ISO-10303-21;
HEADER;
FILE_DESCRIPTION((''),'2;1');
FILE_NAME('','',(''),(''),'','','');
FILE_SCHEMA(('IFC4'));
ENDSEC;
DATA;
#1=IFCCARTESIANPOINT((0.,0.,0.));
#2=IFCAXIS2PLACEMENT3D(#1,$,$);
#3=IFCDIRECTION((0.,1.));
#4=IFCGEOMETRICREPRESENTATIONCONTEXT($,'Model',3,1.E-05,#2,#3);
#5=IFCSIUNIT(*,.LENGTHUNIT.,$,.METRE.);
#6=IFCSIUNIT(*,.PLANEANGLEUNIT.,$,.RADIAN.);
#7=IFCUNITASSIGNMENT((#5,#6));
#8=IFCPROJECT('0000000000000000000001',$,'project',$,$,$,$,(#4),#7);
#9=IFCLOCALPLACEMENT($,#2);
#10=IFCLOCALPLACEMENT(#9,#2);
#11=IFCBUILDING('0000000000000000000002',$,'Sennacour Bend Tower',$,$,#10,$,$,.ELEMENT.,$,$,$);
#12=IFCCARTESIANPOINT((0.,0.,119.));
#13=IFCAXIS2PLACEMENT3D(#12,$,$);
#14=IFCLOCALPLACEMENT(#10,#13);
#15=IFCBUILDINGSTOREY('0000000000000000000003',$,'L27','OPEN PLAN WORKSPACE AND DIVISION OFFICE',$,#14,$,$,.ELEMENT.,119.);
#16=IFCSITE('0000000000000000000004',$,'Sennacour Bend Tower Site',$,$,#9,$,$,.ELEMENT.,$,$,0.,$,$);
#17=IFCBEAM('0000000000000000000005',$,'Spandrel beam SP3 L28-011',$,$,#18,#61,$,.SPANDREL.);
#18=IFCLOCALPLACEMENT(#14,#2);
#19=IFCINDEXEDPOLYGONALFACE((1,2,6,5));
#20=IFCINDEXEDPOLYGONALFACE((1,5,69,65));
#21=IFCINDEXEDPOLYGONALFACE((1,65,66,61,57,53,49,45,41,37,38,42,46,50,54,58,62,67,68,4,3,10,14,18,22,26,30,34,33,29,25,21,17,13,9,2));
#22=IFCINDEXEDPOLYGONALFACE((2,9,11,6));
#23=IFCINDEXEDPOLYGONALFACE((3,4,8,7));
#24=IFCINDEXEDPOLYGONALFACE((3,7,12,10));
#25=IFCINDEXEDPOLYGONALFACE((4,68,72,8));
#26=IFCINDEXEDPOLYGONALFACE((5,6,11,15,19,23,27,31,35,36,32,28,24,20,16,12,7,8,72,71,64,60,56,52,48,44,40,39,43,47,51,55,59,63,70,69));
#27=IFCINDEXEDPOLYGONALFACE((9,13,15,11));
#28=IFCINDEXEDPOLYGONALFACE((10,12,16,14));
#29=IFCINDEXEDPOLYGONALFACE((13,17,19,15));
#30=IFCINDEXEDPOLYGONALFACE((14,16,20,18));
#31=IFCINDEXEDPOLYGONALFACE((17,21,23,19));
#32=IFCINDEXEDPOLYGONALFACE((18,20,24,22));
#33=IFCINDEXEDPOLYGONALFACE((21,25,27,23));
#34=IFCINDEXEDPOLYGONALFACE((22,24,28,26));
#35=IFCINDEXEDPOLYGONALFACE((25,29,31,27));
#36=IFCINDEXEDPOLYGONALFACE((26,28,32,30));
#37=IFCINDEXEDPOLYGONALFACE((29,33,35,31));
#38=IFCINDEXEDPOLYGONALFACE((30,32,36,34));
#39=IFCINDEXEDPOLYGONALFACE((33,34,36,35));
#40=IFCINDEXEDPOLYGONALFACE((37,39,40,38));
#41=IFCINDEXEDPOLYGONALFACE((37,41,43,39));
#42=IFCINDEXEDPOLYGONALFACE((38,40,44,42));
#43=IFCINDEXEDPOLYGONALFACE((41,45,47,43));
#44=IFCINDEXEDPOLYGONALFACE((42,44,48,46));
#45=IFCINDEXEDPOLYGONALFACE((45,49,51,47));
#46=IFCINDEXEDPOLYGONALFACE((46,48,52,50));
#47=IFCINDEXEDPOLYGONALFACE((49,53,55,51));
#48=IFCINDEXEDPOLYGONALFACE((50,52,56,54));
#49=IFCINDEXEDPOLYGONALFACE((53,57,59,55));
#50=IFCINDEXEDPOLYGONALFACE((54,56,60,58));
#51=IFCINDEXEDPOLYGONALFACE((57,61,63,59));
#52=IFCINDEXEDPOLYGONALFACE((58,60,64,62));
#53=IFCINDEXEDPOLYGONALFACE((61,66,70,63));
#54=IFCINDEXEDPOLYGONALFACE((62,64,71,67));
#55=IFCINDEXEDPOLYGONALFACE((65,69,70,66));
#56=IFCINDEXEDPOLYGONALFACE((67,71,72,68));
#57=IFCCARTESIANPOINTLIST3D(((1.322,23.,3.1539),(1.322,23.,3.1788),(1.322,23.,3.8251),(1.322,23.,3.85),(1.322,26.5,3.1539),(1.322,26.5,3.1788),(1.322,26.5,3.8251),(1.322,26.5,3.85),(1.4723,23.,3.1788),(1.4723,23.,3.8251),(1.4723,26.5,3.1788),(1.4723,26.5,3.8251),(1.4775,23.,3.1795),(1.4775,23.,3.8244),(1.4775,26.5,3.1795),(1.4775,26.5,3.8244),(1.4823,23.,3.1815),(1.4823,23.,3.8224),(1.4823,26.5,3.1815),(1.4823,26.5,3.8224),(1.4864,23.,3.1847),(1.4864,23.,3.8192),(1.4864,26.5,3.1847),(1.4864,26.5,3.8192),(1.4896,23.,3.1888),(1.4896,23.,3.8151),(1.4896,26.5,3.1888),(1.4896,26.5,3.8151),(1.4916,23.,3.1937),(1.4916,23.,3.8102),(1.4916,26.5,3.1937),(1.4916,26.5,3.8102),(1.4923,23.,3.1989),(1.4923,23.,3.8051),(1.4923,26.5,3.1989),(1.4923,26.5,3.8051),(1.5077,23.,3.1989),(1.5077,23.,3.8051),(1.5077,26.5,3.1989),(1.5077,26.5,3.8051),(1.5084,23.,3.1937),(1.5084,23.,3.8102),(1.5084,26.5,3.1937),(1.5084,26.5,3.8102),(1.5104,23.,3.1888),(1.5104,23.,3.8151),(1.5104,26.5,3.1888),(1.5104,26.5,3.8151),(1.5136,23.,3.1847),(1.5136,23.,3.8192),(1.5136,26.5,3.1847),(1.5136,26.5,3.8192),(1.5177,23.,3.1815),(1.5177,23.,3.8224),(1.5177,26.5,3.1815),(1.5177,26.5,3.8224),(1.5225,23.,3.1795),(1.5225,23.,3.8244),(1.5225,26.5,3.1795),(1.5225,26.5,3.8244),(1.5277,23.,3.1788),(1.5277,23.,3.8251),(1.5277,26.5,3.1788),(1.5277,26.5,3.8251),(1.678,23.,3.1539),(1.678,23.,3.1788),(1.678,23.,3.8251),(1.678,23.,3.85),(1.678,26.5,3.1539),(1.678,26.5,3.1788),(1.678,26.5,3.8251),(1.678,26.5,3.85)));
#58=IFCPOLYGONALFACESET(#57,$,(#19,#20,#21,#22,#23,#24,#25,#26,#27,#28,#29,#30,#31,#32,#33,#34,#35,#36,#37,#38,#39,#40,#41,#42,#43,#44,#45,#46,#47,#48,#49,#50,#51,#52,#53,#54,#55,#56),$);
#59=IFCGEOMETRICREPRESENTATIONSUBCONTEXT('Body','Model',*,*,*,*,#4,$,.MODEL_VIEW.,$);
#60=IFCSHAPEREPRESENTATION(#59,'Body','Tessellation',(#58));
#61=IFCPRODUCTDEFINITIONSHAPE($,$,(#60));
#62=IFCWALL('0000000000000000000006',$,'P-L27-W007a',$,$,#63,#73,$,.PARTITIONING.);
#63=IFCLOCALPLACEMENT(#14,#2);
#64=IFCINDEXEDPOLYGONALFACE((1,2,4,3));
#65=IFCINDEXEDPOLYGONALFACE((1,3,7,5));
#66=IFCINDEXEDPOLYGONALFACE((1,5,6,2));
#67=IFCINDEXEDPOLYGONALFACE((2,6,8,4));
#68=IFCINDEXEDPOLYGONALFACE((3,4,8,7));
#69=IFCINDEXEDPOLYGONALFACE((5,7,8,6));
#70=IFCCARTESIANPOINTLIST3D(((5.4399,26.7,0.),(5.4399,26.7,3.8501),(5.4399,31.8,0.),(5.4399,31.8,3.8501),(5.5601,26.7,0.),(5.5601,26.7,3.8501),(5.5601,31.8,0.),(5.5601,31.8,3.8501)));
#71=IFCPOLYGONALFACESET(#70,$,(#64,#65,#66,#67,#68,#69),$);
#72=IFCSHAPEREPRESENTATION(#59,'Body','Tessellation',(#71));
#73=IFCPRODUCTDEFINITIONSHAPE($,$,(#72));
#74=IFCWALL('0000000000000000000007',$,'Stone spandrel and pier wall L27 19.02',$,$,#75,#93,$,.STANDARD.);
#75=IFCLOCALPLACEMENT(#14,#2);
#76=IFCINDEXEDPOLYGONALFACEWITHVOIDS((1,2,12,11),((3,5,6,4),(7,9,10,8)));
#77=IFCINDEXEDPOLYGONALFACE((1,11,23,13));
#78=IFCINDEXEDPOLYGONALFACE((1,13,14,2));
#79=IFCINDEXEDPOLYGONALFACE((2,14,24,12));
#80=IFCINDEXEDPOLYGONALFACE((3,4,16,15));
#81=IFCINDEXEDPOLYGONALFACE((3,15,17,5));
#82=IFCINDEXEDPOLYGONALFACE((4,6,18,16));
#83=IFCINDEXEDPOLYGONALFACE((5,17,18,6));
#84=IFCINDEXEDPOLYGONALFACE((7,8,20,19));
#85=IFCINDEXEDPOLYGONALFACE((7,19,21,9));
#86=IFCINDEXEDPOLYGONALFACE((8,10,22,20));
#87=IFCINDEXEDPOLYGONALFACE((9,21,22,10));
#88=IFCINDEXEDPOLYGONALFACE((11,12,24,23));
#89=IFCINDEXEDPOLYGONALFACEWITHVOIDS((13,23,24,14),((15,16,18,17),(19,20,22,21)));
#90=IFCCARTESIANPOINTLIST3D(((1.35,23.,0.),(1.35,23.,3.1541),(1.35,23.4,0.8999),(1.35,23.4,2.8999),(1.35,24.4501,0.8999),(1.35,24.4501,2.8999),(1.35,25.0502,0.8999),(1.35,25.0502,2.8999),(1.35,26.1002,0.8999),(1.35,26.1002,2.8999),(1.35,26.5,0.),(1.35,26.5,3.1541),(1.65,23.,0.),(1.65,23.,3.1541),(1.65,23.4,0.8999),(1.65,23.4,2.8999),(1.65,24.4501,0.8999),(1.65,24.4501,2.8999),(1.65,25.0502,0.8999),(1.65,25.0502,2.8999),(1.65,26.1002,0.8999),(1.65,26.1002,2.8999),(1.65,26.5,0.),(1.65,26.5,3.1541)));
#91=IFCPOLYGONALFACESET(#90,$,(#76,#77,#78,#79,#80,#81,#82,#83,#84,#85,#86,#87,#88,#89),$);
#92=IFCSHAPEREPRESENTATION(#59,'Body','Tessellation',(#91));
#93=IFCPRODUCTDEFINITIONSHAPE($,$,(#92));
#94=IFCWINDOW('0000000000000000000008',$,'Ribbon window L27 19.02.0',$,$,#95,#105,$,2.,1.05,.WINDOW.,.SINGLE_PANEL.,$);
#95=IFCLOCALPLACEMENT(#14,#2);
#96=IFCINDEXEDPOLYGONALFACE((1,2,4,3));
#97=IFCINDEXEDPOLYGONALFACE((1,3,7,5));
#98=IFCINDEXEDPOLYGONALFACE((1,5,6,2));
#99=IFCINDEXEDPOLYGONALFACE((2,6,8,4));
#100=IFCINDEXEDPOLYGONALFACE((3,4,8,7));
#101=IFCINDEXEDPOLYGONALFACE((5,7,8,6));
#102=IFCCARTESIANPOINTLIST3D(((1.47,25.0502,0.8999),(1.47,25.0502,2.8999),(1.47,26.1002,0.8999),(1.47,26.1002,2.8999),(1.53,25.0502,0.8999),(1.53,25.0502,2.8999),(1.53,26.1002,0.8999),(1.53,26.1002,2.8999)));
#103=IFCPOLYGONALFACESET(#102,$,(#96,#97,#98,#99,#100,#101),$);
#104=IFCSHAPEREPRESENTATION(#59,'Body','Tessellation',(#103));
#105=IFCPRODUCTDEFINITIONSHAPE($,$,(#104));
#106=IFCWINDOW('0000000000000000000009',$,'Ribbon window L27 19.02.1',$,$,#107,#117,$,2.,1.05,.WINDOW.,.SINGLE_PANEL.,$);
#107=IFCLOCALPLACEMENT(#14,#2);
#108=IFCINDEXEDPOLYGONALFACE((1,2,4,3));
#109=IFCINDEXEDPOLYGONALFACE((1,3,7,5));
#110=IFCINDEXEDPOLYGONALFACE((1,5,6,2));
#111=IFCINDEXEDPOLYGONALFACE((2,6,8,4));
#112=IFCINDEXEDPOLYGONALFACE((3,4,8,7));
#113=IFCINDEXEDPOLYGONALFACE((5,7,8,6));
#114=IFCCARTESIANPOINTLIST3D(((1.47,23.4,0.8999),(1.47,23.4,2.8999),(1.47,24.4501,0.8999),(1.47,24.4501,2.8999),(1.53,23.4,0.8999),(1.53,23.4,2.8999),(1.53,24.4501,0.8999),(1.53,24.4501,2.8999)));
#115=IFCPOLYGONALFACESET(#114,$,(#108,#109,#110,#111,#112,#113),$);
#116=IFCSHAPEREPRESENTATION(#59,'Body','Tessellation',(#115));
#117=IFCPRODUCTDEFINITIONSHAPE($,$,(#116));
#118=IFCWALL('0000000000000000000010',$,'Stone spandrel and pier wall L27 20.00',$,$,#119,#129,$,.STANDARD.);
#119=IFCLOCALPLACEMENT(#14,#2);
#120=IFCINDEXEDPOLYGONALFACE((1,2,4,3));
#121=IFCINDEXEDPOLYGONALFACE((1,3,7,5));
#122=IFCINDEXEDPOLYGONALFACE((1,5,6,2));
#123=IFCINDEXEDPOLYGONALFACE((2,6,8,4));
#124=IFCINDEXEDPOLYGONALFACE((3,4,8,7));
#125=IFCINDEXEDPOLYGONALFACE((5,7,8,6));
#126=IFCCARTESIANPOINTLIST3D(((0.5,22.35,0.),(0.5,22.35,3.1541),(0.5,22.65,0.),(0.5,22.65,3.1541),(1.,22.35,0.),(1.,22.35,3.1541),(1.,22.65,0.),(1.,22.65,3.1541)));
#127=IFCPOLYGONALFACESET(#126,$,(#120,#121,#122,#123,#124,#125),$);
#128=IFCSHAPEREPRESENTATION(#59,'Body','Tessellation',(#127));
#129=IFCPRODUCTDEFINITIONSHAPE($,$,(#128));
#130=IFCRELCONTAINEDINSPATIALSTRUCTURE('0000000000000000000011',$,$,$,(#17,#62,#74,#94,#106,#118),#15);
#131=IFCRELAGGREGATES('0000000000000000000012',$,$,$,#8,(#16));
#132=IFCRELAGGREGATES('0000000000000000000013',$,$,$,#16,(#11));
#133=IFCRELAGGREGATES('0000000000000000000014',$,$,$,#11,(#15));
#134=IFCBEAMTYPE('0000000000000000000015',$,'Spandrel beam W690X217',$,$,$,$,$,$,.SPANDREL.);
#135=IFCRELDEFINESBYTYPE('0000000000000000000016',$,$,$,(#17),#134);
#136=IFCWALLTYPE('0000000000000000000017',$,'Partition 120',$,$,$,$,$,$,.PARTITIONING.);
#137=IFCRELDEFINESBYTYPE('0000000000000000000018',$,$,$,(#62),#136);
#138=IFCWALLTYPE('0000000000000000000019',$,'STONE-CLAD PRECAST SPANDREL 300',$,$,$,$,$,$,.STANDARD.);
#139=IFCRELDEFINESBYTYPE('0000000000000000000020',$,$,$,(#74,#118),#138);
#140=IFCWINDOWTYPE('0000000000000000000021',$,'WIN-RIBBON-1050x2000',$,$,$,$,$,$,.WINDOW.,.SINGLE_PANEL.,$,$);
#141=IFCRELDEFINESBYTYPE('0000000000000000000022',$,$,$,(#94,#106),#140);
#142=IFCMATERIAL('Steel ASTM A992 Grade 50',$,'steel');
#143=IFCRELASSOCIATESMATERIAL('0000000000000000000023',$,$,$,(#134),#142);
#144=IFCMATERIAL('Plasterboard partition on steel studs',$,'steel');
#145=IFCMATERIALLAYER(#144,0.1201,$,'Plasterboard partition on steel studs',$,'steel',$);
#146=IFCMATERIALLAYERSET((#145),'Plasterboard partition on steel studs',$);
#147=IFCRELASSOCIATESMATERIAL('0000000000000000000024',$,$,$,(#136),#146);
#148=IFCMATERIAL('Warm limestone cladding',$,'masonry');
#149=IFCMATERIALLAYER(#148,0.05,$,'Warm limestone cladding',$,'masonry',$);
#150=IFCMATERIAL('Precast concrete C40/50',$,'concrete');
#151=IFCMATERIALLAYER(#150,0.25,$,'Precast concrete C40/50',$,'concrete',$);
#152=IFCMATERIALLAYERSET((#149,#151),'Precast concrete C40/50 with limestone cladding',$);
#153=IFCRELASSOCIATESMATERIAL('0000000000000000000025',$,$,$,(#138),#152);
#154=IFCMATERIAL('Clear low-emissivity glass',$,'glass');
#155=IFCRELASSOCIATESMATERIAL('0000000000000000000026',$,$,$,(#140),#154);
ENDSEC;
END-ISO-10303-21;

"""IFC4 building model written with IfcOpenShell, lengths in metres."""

from ifc_helpers import new_model, si_unit, direction, frame, frame_2d, origin, origin_2d, place, context, subcontext, project, spatial, rectangle, i_section, extrude, material, layer, layer_set, material_profile, profile_set, type_object, element, fill, save


model = new_model("IFC4")

# Units and contexts
model_context = context("Model", 3, precision=1e-05, world=origin(), true_north=direction((0.0, 1.0)))
body_context = subcontext(model_context, "Body", "Model", "MODEL_VIEW")
ifc_project = project(units=[si_unit("LENGTHUNIT", "METRE"), si_unit("PLANEANGLEUNIT", "RADIAN")], contexts=[model_context])

# Site, building, storey
site_placement = place(None, origin())
site = spatial("IfcSite", under=ifc_project, at=site_placement, Name="Sennacour Bend Tower Site", CompositionType="ELEMENT", RefElevation=0.0)
building_placement = place(site_placement, origin())
building = spatial("IfcBuilding", under=site, at=building_placement, Name="Sennacour Bend Tower", CompositionType="ELEMENT")
storey_placement = place(building_placement, frame((0.0, 0.0, 119.0)))
storey = spatial("IfcBuildingStorey", under=building, at=storey_placement, Name="L27", Description="OPEN PLAN WORKSPACE AND DIVISION OFFICE", CompositionType="ELEMENT", Elevation=119.0)

# Beam
ifc_material_1 = material(Name="Steel ASTM A992 Grade 50", Category="steel")
ifc_material_profile_1 = material_profile(ifc_material_1, i_section(OverallWidth=0.356, OverallDepth=0.696, WebThickness=0.0154, FlangeThickness=0.0249, FilletRadius=0.02, at=origin_2d()), Name="Steel ASTM A992 Grade 50", Category="steel")
ifc_profile_set_1 = profile_set([ifc_material_profile_1], Name="Steel ASTM A992 Grade 50")
beam_type_1 = type_object("IfcBeamType", Name="Spandrel beam W690X217", PredefinedType="SPANDREL", material=ifc_profile_set_1)
beam_1_placement = place(storey_placement, frame((1.5, 23.0, 3.502), z_axis=(0.0, 1.0, 0.0), x_axis=(-1.0, 0.0, 0.0)))
element("IfcBeam", 1, at=beam_1_placement, inside=storey, type_object=beam_type_1, Name="Spandrel beam SP3 L28-011", PredefinedType="SPANDREL", context=body_context, shape_type="SweptSolid", body=[
    extrude(i_section(OverallWidth=0.356, OverallDepth=0.696, WebThickness=0.0154, FlangeThickness=0.0249, FilletRadius=0.02, at=origin_2d()), origin(), (0.0, 0.0, 1.0), 3.5),
])

# Wall
ifc_material_2 = material(Name="Plasterboard partition on steel studs", Category="steel")
ifc_layer_1 = layer(ifc_material_2, 0.1201, Name="Plasterboard partition on steel studs", Category="steel")
ifc_layer_set_1 = layer_set([ifc_layer_1], Name="Plasterboard partition on steel studs")
wall_type_1 = type_object("IfcWallType", Name="Partition 120", PredefinedType="PARTITIONING", material=ifc_layer_set_1)
wall_1_placement = place(storey_placement, frame((5.5, 26.7, 0.0), z_axis=(0.0, 0.0, 1.0), x_axis=(0.0, 1.0, 0.0)))
element("IfcWall", 2, at=wall_1_placement, inside=storey, type_object=wall_type_1, Name="P-L27-W007a", PredefinedType="PARTITIONING", context=body_context, shape_type="SweptSolid", body=[
    extrude(rectangle(XDim=5.1001, YDim=0.1201, at=frame_2d((2.55, 0.0))), origin(), (0.0, 0.0, 1.0), 3.8501),
])

# Wall, openings, windows
ifc_material_3 = material(Name="Warm limestone cladding", Category="masonry")
ifc_layer_2 = layer(ifc_material_3, 0.05, Name="Warm limestone cladding", Category="masonry")
ifc_material_4 = material(Name="Precast concrete C40/50", Category="concrete")
ifc_layer_3 = layer(ifc_material_4, 0.25, Name="Precast concrete C40/50", Category="concrete")
ifc_layer_set_2 = layer_set([ifc_layer_2, ifc_layer_3], Name="Precast concrete C40/50 with limestone cladding")
wall_type_2 = type_object("IfcWallType", Name="STONE-CLAD PRECAST SPANDREL 300", PredefinedType="STANDARD", material=ifc_layer_set_2)
wall_2_placement = place(storey_placement, frame((1.5, 26.5, 0.0), z_axis=(0.0, 0.0, 1.0), x_axis=(0.0, -1.0, 0.0)))
wall_2 = element("IfcWall", 3, at=wall_2_placement, inside=storey, type_object=wall_type_2, Name="Stone spandrel and pier wall L27 19.02", PredefinedType="STANDARD", context=body_context, shape_type="SweptSolid", body=[
    extrude(rectangle(XDim=3.5, YDim=0.3, at=frame_2d((1.75, 0.0))), origin(), (0.0, 0.0, 1.0), 3.1541),
])
opening_1_placement = place(wall_2_placement, frame((0.3999, 0.0, 0.8999)))
opening_1 = element("IfcOpeningElement", 4, at=opening_1_placement, cuts=wall_2, PredefinedType="OPENING", context=body_context, shape_type="SweptSolid", body=[
    extrude(rectangle(XDim=1.05, YDim=2.0, at=frame_2d((0.5249, 1.0))), frame((0.0, 0.1602, 0.0), z_axis=(0.0, -1.0, 0.0), x_axis=(1.0, 0.0, 0.0)), (0.0, 0.0, 1.0), 0.3201),
])
opening_2_placement = place(wall_2_placement, frame((2.05, 0.0, 0.8999)))
opening_2 = element("IfcOpeningElement", 5, at=opening_2_placement, cuts=wall_2, PredefinedType="OPENING", context=body_context, shape_type="SweptSolid", body=[
    extrude(rectangle(XDim=1.05, YDim=2.0, at=frame_2d((0.5249, 1.0))), frame((0.0, 0.1602, 0.0), z_axis=(0.0, -1.0, 0.0), x_axis=(1.0, 0.0, 0.0)), (0.0, 0.0, 1.0), 0.3201),
])
ifc_material_5 = material(Name="Clear low-emissivity glass", Category="glass")
window_type = type_object("IfcWindowType", Name="WIN-RIBBON-1050x2000", PartitioningType="SINGLE_PANEL", PredefinedType="WINDOW", material=ifc_material_5)
window_1_placement = place(opening_1_placement, origin())
window_1 = element("IfcWindow", 6, at=window_1_placement, inside=storey, type_object=window_type, Name="Ribbon window L27 19.02.0", OverallHeight=2.0, OverallWidth=1.05, PartitioningType="SINGLE_PANEL", PredefinedType="WINDOW", context=body_context, shape_type="SweptSolid", body=[
    extrude(rectangle(XDim=1.05, YDim=2.0, at=frame_2d((0.5249, 1.0))), frame((0.0, 0.03, 0.0), z_axis=(0.0, -1.0, 0.0), x_axis=(1.0, 0.0, 0.0)), (0.0, 0.0, 1.0), 0.0601),
])
fill(opening_1, window_1)
window_2_placement = place(opening_2_placement, origin())
window_2 = element("IfcWindow", 7, at=window_2_placement, inside=storey, type_object=window_type, Name="Ribbon window L27 19.02.1", OverallHeight=2.0, OverallWidth=1.05, PartitioningType="SINGLE_PANEL", PredefinedType="WINDOW", context=body_context, shape_type="SweptSolid", body=[
    extrude(rectangle(XDim=1.05, YDim=2.0, at=frame_2d((0.5249, 1.0))), frame((0.0, 0.03, 0.0), z_axis=(0.0, -1.0, 0.0), x_axis=(1.0, 0.0, 0.0)), (0.0, 0.0, 1.0), 0.0601),
])
fill(opening_2, window_2)

# Wall
wall_3_placement = place(storey_placement, frame((1.0, 22.5, 0.0), z_axis=(0.0, 0.0, 1.0), x_axis=(-1.0, 0.0, 0.0)))
element("IfcWall", 8, at=wall_3_placement, inside=storey, type_object=wall_type_2, Name="Stone spandrel and pier wall L27 20.00", PredefinedType="STANDARD", context=body_context, shape_type="SweptSolid", body=[
    extrude(rectangle(XDim=0.5, YDim=0.3, at=frame_2d((0.25, 0.0))), origin(), (0.0, 0.0, 1.0), 3.1541),
])

save(model, "model.ifc")
